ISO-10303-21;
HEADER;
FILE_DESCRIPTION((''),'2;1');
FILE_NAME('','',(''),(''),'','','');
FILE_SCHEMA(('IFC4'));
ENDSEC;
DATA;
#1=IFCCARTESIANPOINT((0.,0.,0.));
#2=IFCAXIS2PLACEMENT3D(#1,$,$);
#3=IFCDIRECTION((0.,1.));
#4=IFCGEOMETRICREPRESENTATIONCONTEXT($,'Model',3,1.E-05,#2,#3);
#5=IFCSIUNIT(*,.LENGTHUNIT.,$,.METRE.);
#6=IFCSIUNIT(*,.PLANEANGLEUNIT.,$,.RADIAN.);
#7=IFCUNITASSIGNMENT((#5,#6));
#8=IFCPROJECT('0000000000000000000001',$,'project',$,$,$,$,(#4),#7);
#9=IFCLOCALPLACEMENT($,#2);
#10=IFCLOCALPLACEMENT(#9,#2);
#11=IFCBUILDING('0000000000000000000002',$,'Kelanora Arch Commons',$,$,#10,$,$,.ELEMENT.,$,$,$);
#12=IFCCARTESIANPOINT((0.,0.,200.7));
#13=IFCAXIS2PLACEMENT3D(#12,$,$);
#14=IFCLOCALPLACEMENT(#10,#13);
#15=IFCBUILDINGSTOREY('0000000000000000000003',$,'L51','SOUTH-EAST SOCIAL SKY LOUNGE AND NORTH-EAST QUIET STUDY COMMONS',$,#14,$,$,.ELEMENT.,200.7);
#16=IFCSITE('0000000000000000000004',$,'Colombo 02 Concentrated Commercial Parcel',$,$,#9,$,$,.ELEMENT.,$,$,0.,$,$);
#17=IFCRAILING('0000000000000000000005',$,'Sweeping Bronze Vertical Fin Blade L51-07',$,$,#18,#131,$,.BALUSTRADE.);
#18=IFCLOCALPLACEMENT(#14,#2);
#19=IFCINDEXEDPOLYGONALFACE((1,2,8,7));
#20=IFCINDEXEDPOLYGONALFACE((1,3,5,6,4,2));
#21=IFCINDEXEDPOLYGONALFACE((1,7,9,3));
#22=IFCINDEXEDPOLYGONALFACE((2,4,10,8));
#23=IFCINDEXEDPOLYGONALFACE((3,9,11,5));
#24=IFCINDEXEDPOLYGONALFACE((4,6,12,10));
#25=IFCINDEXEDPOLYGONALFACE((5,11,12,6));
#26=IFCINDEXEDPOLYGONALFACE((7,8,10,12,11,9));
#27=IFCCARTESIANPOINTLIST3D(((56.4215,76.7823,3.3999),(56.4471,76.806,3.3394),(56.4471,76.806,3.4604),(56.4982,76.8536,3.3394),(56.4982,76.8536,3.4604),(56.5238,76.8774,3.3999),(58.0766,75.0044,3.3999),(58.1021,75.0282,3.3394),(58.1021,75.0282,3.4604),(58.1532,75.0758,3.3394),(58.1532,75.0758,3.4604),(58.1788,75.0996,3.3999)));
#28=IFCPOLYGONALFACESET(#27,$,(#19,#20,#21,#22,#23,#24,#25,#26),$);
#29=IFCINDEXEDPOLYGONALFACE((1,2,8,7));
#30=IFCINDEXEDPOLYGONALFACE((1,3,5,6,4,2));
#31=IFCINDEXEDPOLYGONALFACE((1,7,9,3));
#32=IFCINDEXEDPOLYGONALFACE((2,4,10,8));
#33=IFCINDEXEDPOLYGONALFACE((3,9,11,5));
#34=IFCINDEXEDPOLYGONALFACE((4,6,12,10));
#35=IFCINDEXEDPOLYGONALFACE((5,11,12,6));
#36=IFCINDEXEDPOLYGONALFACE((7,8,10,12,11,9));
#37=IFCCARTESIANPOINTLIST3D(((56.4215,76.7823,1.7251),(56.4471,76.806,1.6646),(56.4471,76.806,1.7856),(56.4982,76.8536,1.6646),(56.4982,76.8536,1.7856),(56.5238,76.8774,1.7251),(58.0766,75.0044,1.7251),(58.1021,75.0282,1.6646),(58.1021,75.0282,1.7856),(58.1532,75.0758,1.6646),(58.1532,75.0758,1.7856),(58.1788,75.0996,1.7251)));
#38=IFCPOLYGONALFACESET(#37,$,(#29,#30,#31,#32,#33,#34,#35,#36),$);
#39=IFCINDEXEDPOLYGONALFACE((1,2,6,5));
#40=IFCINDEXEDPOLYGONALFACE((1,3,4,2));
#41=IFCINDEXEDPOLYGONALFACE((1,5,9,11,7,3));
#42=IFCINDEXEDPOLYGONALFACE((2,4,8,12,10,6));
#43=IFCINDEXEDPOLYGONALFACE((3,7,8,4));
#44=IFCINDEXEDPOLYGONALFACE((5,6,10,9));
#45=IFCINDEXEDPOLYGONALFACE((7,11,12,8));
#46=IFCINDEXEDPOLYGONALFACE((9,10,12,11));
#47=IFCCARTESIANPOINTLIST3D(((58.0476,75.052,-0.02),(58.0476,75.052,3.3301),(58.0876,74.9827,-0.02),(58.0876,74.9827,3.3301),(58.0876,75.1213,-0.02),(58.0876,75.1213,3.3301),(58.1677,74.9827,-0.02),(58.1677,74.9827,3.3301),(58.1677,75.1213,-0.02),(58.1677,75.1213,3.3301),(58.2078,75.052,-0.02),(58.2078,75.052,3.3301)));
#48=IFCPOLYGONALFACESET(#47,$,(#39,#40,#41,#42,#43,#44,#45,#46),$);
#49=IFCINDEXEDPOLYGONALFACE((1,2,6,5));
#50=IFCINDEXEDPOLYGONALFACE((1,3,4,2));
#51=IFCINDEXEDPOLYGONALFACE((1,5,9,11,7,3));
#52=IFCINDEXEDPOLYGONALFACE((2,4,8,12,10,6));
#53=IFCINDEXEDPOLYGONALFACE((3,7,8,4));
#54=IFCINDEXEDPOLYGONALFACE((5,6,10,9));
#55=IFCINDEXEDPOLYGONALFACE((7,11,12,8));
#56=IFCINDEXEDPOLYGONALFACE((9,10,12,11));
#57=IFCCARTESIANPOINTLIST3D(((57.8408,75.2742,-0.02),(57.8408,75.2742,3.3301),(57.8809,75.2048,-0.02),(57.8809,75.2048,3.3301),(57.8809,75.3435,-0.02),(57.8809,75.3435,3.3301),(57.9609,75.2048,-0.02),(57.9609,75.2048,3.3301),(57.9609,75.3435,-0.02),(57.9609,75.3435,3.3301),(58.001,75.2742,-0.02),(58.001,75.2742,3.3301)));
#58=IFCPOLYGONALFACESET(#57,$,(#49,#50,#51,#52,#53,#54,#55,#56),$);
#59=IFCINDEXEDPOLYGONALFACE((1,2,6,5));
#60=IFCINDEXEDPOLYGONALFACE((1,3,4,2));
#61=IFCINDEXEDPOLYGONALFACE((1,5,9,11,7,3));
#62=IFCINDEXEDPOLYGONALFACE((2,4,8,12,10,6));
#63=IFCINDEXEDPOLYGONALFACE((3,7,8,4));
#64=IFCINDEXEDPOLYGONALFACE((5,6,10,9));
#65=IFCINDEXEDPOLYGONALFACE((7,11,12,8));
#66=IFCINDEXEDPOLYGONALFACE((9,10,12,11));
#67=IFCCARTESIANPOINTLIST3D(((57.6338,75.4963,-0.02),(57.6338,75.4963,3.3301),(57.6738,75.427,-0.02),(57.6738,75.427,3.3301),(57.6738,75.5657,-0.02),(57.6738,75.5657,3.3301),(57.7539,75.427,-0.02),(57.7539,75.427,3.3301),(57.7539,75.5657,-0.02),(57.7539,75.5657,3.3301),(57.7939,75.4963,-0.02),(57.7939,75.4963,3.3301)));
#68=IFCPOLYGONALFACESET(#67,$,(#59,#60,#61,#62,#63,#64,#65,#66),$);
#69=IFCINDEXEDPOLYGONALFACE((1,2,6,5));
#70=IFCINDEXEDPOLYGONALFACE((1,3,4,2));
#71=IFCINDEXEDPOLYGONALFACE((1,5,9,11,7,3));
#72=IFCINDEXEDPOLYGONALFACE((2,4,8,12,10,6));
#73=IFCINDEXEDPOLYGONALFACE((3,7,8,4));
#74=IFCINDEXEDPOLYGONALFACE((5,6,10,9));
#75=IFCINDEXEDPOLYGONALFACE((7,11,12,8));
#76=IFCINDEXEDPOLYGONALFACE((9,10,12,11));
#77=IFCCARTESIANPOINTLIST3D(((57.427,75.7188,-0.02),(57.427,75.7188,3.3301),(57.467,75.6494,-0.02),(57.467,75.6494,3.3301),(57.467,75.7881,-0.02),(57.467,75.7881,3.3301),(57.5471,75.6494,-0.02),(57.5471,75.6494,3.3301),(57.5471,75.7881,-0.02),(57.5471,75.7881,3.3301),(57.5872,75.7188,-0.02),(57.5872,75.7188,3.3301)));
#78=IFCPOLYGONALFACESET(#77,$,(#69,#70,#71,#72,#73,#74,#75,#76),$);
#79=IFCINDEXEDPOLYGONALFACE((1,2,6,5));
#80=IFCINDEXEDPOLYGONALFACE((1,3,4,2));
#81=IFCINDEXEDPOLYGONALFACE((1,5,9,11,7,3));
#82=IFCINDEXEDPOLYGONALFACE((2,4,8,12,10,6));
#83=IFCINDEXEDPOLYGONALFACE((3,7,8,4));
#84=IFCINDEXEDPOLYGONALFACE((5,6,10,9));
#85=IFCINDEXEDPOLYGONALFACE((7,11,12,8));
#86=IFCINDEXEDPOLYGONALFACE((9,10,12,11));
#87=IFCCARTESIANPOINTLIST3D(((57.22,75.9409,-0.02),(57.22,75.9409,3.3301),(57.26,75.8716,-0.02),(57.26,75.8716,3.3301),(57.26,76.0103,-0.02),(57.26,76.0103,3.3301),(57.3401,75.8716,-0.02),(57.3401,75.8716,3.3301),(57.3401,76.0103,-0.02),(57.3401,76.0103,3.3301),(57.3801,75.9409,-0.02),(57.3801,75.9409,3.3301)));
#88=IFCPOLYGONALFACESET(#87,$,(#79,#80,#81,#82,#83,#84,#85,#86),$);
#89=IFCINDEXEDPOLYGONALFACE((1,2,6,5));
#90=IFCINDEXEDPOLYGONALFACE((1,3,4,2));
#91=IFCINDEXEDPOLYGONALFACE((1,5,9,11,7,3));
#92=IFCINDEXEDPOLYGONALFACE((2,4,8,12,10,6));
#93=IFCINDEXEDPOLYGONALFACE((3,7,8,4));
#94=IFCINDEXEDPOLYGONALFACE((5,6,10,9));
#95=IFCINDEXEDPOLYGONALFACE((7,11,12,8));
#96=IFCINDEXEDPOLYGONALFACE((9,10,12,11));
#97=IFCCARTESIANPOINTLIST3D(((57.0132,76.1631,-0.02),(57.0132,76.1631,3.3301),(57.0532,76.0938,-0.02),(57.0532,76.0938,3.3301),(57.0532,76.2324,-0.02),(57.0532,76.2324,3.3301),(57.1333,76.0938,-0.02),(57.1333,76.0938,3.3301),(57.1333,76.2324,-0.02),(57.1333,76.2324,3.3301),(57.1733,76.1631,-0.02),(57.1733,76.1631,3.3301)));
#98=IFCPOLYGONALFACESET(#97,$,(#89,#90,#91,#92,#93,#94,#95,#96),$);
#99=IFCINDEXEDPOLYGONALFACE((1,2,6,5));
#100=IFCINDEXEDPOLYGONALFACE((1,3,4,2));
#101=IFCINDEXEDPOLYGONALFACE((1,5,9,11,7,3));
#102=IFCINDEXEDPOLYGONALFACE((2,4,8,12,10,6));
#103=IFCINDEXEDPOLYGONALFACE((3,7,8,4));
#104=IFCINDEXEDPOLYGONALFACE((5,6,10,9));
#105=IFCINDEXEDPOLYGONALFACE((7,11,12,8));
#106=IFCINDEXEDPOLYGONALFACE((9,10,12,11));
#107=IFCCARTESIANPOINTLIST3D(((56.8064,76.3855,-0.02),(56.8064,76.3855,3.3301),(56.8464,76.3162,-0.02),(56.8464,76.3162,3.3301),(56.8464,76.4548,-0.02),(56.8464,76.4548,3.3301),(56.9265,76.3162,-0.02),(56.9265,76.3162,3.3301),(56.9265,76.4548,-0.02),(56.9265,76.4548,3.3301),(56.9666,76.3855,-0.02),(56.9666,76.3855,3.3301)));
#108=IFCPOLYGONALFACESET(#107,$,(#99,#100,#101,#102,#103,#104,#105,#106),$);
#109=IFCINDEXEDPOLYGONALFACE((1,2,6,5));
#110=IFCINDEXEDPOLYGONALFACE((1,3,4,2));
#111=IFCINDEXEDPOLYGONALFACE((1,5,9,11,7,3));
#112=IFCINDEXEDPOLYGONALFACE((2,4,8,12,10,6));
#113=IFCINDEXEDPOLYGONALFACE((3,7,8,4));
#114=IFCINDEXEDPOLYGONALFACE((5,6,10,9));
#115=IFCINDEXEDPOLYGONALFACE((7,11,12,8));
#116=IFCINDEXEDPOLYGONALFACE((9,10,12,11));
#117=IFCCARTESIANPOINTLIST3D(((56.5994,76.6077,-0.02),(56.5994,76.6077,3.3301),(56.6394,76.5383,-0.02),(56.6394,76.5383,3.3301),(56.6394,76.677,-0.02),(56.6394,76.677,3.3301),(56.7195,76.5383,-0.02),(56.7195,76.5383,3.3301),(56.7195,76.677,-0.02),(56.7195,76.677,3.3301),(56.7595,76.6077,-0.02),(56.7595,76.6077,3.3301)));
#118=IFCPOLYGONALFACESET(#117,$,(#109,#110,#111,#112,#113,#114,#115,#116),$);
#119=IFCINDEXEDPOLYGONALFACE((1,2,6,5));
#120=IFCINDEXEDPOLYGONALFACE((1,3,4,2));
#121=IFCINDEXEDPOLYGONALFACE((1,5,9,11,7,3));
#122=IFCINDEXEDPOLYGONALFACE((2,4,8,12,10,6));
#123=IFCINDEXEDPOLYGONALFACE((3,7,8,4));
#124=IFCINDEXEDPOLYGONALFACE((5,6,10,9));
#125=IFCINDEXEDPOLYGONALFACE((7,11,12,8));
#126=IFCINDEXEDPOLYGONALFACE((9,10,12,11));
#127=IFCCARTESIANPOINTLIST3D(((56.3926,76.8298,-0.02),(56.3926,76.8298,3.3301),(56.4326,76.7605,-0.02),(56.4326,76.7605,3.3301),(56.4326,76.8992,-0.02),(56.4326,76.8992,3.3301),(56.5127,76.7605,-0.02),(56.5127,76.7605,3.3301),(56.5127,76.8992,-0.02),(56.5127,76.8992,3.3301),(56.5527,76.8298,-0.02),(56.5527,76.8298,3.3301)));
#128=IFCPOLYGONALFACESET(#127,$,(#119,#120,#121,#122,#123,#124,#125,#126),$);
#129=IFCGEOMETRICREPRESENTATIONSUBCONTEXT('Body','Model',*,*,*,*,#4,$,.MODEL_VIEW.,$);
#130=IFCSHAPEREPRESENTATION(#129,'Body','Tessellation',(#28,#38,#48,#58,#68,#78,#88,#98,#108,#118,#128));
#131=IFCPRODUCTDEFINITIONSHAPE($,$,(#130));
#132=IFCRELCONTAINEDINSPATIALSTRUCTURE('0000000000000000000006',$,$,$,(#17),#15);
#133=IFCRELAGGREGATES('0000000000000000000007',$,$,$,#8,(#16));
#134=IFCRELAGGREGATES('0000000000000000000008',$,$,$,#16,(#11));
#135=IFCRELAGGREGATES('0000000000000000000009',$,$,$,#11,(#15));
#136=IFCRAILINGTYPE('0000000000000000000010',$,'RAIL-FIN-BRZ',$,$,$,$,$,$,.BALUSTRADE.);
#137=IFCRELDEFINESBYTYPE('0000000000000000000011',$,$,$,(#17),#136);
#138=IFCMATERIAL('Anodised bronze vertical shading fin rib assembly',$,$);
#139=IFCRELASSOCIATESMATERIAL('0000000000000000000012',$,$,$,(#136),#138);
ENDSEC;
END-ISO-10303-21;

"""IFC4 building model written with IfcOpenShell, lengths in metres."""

from ifc_helpers import new_model, si_unit, direction, frame, origin, place, context, subcontext, project, spatial, polyline, outline, extrude, material, type_object, element, save


model = new_model("IFC4")

# Units and contexts
model_context = context("Model", 3, precision=1e-05, world=origin(), true_north=direction((0.0, 1.0)))
body_context = subcontext(model_context, "Body", "Model", "MODEL_VIEW")
ifc_project = project(units=[si_unit("LENGTHUNIT", "METRE"), si_unit("PLANEANGLEUNIT", "RADIAN")], contexts=[model_context])

# Site, building, storey
site_placement = place(None, origin())
site = spatial("IfcSite", under=ifc_project, at=site_placement, Name="Colombo 02 Concentrated Commercial Parcel", CompositionType="ELEMENT", RefElevation=0.0)
building_placement = place(site_placement, origin())
building = spatial("IfcBuilding", under=site, at=building_placement, Name="Kelanora Arch Commons", CompositionType="ELEMENT")
storey_placement = place(building_placement, frame((0.0, 0.0, 200.7)))
storey = spatial("IfcBuildingStorey", under=building, at=storey_placement, Name="L51", Description="SOUTH-EAST SOCIAL SKY LOUNGE AND NORTH-EAST QUIET STUDY COMMONS", CompositionType="ELEMENT", Elevation=200.7)

# Railing
ifc_material_1 = material(Name="Anodised bronze vertical shading fin rib assembly")
railing_type = type_object("IfcRailingType", Name="RAIL-FIN-BRZ", PredefinedType="BALUSTRADE", material=ifc_material_1)
railing_1_placement = place(storey_placement, frame((58.1277, 75.052, -0.02)))
element("IfcRailing", 1, at=railing_1_placement, inside=storey, type_object=railing_type, Name="Sweeping Bronze Vertical Fin Blade L51-07", PredefinedType="BALUSTRADE", context=body_context, shape_type="SweptSolid", body=[
    extrude(outline(polyline([(0.0698, 0.0), (0.0349, 0.0605), (-0.0349, 0.0605), (-0.0698, 0.0), (-0.0349, -0.0605), (0.0349, -0.0605), (0.0698, 0.0)])), frame((0.0, 0.0, 3.4199), z_axis=(-0.681376, 0.731934, 0.0), x_axis=(-0.731934, -0.681376, 0.0)), (0.0, 0.0, 1.0), 2.429),
    extrude(outline(polyline([(0.0698, 0.0), (0.0349, 0.0605), (-0.0349, 0.0605), (-0.0698, 0.0), (-0.0349, -0.0605), (0.0349, -0.0605), (0.0698, 0.0)])), frame((0.0, 0.0, 1.7451), z_axis=(-0.681376, 0.731934, 0.0), x_axis=(-0.731934, -0.681376, 0.0)), (0.0, 0.0, 1.0), 2.429),
    extrude(outline(polyline([(0.0801, 0.0), (0.04, 0.0693), (-0.04, 0.0693), (-0.0801, 0.0), (-0.04, -0.0693), (0.04, -0.0693), (0.0801, 0.0)])), origin(), (0.0, 0.0, 1.0), 3.3501),
    extrude(outline(polyline([(0.0801, 0.0), (0.04, 0.0693), (-0.04, 0.0693), (-0.0801, 0.0), (-0.04, -0.0693), (0.04, -0.0693), (0.0801, 0.0)])), frame((-0.2068, 0.2222, 0.0)), (0.0, 0.0, 1.0), 3.3501),
    extrude(outline(polyline([(0.0801, 0.0), (0.04, 0.0693), (-0.04, 0.0693), (-0.0801, 0.0), (-0.04, -0.0693), (0.04, -0.0693), (0.0801, 0.0)])), frame((-0.4138, 0.4443, 0.0)), (0.0, 0.0, 1.0), 3.3501),
    extrude(outline(polyline([(0.0801, 0.0), (0.04, 0.0693), (-0.04, 0.0693), (-0.0801, 0.0), (-0.04, -0.0693), (0.04, -0.0693), (0.0801, 0.0)])), frame((-0.6206, 0.6667, 0.0)), (0.0, 0.0, 1.0), 3.3501),
    extrude(outline(polyline([(0.0801, 0.0), (0.04, 0.0693), (-0.04, 0.0693), (-0.0801, 0.0), (-0.04, -0.0693), (0.04, -0.0693), (0.0801, 0.0)])), frame((-0.8276, 0.8889, 0.0)), (0.0, 0.0, 1.0), 3.3501),
    extrude(outline(polyline([(0.0801, 0.0), (0.04, 0.0693), (-0.04, 0.0693), (-0.0801, 0.0), (-0.04, -0.0693), (0.04, -0.0693), (0.0801, 0.0)])), frame((-1.0344, 1.1111, 0.0)), (0.0, 0.0, 1.0), 3.3501),
    extrude(outline(polyline([(0.0801, 0.0), (0.04, 0.0693), (-0.04, 0.0693), (-0.0801, 0.0), (-0.04, -0.0693), (0.04, -0.0693), (0.0801, 0.0)])), frame((-1.2412, 1.3335, 0.0)), (0.0, 0.0, 1.0), 3.3501),
    extrude(outline(polyline([(0.0801, 0.0), (0.04, 0.0693), (-0.04, 0.0693), (-0.0801, 0.0), (-0.04, -0.0693), (0.04, -0.0693), (0.0801, 0.0)])), frame((-1.4482, 1.5557, 0.0)), (0.0, 0.0, 1.0), 3.3501),
    extrude(outline(polyline([(0.0801, 0.0), (0.04, 0.0693), (-0.04, 0.0693), (-0.0801, 0.0), (-0.04, -0.0693), (0.04, -0.0693), (0.0801, 0.0)])), frame((-1.655, 1.7778, 0.0)), (0.0, 0.0, 1.0), 3.3501),
])

save(model, "model.ifc")
